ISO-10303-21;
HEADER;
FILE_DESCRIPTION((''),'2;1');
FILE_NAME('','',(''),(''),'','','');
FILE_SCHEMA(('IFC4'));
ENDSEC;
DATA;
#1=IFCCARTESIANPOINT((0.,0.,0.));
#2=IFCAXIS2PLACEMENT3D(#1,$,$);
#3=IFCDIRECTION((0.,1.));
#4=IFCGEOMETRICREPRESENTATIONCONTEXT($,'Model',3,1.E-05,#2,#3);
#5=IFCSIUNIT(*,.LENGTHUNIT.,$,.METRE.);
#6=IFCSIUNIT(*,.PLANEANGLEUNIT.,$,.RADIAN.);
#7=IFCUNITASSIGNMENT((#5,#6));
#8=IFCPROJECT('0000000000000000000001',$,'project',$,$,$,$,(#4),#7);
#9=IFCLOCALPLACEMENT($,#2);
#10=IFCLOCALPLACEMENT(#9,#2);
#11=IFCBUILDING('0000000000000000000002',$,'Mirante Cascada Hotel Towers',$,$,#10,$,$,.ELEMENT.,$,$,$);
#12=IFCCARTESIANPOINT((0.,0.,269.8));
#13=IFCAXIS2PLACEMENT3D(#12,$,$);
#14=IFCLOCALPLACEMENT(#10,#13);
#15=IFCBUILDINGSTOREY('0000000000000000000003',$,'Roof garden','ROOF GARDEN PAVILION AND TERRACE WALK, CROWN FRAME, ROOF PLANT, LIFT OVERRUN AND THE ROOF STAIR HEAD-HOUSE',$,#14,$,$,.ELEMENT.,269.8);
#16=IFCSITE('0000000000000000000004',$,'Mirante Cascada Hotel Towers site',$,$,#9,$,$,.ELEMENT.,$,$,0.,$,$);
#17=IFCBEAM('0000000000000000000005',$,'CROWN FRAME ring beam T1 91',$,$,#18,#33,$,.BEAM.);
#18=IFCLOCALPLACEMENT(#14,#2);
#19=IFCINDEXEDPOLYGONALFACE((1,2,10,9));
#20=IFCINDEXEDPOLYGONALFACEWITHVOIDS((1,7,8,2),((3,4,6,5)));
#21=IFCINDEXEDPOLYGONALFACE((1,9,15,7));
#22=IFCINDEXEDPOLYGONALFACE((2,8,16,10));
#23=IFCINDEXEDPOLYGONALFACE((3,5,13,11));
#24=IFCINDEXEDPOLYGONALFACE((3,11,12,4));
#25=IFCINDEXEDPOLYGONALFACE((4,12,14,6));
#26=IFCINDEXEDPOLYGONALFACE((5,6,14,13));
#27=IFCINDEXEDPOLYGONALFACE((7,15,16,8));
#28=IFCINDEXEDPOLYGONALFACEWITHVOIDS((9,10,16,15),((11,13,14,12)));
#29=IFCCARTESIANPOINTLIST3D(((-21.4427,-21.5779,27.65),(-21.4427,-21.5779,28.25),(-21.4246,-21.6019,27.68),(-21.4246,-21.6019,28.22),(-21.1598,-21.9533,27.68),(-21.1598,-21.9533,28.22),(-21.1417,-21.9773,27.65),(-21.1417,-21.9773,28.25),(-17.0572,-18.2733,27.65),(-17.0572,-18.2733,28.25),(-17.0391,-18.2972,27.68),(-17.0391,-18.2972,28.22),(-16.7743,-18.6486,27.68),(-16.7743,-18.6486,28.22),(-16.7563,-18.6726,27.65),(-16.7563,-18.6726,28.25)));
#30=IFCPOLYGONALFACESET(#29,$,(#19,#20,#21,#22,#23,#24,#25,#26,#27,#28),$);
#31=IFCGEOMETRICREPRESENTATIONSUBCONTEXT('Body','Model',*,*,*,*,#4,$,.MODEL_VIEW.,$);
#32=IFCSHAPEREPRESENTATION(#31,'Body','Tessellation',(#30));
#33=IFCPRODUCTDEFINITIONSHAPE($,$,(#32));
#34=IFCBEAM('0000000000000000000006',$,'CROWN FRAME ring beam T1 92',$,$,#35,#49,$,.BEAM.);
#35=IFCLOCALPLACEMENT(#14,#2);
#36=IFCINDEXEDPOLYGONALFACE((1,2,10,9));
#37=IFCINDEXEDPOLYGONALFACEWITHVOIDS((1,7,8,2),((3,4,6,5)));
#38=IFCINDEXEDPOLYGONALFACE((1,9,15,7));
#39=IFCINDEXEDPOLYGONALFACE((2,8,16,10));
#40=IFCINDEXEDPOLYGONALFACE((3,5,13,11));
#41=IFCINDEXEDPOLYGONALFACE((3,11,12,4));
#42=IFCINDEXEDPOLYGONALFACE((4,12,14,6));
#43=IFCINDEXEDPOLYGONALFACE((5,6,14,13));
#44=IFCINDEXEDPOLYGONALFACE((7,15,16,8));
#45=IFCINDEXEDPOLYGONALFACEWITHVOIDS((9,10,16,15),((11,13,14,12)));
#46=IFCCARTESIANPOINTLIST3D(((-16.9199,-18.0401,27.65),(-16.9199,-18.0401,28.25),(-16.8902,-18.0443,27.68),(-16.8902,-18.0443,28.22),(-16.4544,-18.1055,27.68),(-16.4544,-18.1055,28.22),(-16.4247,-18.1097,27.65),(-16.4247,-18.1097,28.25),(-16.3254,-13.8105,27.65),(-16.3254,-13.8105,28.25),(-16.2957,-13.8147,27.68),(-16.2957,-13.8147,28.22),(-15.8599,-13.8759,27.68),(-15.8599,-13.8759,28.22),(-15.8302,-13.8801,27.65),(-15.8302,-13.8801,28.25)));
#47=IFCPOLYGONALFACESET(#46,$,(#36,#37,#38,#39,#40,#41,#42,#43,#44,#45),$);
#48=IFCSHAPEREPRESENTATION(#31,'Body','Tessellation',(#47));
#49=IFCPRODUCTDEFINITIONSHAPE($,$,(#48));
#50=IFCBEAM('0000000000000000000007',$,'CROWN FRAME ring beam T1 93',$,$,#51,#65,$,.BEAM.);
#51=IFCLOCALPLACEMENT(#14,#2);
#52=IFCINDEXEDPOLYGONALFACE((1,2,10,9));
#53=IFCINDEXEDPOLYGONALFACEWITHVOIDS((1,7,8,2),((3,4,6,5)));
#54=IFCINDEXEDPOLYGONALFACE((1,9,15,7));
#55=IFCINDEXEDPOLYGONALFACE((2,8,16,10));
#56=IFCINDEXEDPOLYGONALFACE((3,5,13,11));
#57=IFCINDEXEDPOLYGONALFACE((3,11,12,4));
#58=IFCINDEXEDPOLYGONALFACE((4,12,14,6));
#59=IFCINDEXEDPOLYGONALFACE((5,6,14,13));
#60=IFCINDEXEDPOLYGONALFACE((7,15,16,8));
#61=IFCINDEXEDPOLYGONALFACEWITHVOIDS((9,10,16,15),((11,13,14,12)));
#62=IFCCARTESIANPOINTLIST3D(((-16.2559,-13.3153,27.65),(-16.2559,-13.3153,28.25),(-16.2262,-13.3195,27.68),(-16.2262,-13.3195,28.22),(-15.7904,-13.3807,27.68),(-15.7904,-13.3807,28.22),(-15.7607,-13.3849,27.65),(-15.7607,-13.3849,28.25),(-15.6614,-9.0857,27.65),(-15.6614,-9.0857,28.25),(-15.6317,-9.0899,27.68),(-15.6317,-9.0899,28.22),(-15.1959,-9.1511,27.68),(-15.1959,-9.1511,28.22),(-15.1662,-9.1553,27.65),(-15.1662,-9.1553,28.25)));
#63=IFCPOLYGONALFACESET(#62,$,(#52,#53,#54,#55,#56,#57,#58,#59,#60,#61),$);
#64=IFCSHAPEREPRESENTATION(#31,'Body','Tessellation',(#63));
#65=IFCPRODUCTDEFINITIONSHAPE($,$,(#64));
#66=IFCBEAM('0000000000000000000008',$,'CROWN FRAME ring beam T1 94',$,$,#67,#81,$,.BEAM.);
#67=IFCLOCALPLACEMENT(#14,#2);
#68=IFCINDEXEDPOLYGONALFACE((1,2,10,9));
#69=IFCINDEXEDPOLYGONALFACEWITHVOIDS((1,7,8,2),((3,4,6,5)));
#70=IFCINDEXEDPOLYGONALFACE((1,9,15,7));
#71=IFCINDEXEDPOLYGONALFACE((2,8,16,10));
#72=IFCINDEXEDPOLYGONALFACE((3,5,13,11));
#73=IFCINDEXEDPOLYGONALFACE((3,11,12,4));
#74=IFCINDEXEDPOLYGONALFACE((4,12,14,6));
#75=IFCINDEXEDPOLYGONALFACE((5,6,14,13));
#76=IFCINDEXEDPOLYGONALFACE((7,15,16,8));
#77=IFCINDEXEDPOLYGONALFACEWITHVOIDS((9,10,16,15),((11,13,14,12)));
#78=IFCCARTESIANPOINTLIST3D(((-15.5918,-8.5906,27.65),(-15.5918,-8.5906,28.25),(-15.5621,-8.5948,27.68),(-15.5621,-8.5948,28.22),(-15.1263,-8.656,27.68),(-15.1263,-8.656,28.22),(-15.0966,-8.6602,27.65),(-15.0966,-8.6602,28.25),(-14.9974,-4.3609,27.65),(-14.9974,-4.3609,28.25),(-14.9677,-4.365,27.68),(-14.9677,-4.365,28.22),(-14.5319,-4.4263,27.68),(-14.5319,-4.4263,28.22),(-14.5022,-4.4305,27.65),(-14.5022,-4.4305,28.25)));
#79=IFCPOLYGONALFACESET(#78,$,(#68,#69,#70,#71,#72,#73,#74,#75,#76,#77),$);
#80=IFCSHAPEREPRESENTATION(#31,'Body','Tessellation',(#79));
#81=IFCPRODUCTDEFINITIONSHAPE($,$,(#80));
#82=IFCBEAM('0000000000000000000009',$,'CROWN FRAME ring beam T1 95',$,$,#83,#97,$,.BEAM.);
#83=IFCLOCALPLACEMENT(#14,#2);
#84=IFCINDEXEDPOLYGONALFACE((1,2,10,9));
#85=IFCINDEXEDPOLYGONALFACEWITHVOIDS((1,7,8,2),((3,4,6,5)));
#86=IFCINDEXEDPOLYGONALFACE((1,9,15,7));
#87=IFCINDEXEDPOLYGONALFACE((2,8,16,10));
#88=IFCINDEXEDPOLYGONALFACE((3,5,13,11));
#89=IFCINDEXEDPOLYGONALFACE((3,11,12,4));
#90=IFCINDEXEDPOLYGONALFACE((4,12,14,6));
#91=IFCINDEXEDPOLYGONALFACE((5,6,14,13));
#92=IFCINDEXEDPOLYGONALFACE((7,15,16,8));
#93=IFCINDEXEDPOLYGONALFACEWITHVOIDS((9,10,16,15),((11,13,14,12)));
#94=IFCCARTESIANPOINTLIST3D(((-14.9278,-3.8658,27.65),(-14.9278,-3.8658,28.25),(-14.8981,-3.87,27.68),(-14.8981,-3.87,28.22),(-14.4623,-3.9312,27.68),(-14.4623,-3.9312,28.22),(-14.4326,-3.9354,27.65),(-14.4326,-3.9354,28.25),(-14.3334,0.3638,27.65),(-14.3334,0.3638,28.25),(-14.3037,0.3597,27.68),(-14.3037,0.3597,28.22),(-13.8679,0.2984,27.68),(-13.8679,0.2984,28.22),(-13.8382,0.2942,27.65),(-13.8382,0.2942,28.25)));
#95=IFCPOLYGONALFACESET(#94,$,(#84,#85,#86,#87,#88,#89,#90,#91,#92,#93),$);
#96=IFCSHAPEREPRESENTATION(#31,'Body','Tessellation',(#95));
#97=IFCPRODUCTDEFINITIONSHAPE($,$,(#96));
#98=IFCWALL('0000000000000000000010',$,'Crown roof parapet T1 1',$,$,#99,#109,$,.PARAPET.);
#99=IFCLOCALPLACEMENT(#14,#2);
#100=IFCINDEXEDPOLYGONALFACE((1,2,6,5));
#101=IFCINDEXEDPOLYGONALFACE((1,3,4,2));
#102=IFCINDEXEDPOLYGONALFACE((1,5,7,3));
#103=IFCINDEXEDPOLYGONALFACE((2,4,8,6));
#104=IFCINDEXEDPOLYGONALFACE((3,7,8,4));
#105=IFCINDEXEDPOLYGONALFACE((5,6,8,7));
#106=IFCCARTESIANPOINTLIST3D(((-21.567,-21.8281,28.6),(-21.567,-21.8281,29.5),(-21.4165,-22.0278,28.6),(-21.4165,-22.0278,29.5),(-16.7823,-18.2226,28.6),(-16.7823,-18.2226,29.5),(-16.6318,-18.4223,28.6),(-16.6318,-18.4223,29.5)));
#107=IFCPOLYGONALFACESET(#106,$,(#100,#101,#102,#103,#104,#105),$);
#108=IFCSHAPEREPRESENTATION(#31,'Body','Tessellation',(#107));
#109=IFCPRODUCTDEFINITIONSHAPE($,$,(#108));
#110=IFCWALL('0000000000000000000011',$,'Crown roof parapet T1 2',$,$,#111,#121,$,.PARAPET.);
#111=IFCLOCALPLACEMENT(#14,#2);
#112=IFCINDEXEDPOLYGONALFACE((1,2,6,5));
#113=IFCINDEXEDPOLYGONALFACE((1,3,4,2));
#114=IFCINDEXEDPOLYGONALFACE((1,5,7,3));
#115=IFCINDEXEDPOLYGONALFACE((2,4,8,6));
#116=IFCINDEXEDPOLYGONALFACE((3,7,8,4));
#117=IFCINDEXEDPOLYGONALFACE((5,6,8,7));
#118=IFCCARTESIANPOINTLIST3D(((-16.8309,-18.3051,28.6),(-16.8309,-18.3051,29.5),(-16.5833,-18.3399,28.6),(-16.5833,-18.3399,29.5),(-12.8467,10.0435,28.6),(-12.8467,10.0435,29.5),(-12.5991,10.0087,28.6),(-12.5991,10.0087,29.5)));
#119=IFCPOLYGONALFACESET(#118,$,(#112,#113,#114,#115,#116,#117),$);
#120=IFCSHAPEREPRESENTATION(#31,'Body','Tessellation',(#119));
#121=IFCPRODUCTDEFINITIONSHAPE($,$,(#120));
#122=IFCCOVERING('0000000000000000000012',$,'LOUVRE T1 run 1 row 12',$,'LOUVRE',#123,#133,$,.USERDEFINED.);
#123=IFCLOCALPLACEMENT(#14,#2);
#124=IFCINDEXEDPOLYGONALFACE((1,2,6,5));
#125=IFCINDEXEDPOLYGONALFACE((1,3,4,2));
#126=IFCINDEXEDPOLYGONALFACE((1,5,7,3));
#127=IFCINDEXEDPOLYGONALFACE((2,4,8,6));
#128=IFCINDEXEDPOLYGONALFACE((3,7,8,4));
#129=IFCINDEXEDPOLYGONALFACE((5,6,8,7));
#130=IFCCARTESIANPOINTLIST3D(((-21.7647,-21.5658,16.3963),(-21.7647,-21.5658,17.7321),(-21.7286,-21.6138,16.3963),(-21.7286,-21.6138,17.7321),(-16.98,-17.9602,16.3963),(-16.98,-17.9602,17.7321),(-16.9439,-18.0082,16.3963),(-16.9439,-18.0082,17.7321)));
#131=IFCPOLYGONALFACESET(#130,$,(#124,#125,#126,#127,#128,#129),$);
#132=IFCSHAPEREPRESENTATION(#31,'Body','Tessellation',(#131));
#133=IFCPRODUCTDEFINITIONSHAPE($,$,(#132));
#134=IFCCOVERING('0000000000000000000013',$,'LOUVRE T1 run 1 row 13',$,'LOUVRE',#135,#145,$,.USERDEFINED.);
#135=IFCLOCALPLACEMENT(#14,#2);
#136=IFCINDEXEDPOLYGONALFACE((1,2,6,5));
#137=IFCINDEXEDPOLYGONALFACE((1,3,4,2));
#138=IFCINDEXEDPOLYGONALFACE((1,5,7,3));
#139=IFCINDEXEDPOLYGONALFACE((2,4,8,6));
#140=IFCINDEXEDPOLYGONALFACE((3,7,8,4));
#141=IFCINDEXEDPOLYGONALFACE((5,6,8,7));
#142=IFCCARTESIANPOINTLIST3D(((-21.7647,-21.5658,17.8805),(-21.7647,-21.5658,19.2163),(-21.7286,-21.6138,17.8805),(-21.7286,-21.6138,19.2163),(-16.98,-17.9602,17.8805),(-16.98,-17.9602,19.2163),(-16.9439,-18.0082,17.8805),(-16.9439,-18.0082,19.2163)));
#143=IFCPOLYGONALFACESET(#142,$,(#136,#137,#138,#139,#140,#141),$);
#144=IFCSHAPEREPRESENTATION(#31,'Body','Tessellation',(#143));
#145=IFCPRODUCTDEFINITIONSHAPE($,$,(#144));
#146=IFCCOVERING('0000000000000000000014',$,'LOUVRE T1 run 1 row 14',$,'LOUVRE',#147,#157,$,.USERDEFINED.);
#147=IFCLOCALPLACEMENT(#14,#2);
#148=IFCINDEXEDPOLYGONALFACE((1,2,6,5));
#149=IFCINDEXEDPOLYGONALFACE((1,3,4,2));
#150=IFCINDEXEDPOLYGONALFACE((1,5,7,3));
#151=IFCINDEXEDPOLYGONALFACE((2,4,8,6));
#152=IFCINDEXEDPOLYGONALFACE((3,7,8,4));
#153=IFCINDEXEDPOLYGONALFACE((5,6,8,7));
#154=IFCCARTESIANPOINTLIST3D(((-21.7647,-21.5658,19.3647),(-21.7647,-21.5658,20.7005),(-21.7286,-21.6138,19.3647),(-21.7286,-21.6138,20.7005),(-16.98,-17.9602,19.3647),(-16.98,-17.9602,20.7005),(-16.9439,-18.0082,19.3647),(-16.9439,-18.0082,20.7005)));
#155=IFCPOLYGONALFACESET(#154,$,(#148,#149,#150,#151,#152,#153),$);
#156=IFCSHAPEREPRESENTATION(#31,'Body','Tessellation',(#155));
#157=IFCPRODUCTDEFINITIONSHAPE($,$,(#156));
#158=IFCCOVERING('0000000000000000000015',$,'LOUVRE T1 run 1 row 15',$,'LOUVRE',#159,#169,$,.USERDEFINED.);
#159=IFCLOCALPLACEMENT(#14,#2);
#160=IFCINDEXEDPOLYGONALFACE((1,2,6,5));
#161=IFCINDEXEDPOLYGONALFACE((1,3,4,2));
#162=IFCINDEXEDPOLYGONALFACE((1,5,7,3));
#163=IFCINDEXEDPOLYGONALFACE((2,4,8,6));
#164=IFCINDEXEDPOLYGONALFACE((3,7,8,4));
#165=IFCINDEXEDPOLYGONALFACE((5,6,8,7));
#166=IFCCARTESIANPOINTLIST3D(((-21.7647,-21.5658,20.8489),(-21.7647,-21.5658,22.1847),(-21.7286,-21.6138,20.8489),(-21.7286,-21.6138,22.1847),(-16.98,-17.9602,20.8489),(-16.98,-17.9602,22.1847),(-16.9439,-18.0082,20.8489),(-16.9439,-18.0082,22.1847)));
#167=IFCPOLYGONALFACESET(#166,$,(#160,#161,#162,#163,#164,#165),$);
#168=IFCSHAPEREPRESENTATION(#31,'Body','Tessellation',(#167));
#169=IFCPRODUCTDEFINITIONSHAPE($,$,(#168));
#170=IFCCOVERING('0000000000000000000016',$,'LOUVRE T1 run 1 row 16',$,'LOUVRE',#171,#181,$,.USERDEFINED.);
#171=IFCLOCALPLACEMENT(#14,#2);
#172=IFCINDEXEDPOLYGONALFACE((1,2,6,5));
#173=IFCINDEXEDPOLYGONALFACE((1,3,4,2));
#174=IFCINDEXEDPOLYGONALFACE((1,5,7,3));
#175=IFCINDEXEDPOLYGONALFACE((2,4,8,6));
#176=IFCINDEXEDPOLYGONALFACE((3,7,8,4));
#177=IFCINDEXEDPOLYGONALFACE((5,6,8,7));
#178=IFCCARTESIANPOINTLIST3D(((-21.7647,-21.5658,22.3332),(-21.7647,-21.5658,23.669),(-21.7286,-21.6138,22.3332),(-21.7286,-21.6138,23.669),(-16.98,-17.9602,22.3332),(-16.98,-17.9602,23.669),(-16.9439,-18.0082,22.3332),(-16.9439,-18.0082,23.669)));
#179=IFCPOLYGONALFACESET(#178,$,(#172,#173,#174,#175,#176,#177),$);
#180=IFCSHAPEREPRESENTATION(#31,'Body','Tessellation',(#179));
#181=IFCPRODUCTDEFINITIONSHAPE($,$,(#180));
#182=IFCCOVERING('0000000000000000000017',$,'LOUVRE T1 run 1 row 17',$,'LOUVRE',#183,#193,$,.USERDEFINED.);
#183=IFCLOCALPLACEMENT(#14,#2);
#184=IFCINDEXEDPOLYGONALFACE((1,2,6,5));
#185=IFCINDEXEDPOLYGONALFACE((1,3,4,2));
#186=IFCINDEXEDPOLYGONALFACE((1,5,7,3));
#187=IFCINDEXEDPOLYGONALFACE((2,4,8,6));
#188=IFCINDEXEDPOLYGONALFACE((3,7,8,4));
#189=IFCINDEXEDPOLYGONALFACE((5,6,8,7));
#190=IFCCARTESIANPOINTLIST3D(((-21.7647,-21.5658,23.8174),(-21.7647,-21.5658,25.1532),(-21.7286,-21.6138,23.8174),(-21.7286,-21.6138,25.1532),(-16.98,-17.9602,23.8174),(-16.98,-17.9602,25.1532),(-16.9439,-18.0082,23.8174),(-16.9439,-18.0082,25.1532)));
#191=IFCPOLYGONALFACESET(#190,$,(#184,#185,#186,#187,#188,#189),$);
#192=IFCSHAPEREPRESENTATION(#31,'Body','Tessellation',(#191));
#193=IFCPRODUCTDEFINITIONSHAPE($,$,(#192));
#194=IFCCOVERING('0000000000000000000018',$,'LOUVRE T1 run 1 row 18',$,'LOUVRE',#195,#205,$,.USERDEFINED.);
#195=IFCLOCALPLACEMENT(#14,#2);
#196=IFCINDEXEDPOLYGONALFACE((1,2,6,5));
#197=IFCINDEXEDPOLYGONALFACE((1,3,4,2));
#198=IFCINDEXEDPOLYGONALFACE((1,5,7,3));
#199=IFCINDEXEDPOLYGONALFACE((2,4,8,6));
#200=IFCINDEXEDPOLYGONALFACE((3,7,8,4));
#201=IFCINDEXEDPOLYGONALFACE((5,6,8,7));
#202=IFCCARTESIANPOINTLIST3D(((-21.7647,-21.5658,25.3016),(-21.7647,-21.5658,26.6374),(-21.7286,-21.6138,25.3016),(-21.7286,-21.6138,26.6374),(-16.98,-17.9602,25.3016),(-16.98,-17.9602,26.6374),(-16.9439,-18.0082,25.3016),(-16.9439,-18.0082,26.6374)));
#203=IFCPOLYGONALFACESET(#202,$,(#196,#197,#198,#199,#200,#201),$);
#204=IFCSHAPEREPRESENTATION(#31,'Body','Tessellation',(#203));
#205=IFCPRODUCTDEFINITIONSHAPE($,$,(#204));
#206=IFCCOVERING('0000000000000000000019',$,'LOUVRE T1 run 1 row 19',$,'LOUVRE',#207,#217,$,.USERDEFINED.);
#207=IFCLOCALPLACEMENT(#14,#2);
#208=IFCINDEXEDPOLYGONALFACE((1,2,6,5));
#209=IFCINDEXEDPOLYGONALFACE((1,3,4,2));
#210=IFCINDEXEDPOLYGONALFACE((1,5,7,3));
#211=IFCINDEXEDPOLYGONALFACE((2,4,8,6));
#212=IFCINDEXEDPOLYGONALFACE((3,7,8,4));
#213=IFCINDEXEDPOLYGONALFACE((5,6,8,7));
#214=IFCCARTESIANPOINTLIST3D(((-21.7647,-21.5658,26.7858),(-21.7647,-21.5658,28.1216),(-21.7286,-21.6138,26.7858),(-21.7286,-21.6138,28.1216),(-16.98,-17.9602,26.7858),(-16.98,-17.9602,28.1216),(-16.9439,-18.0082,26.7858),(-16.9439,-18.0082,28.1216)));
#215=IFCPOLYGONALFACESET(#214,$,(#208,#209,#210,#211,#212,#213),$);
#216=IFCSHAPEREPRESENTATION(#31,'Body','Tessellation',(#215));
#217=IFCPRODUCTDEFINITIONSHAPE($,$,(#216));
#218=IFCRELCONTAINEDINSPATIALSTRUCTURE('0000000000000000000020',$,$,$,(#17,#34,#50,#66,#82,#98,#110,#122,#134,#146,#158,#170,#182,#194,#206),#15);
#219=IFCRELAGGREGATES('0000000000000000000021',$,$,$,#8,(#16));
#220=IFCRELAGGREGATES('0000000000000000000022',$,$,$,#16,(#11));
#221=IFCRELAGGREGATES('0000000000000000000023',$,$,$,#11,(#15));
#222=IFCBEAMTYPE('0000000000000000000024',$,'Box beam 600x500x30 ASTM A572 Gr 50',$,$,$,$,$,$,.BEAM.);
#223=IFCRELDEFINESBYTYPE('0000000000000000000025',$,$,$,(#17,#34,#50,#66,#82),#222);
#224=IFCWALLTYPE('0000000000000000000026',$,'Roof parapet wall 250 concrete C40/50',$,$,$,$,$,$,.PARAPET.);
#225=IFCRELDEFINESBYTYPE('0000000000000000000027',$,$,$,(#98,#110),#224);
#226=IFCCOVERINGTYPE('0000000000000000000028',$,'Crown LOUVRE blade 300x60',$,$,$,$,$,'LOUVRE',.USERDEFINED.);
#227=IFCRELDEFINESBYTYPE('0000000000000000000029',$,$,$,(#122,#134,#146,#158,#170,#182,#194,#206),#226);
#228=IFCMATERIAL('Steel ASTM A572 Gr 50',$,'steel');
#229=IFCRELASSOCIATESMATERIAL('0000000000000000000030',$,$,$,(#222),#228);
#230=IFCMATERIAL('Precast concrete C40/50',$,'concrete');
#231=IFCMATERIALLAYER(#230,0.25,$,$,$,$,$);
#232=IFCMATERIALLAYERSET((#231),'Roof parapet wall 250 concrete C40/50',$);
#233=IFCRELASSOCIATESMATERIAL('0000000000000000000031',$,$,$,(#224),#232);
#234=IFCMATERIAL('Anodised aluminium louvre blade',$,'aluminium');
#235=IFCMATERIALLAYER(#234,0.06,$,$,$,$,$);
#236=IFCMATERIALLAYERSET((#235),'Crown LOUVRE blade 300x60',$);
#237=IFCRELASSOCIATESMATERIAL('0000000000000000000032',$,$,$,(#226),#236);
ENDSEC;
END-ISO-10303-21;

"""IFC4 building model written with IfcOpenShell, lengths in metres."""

from ifc_helpers import new_model, si_unit, direction, frame, frame_2d, origin, origin_2d, place, context, subcontext, project, spatial, rectangle, hollow_rectangle, extrude, material, layer, layer_set, material_profile, profile_set, type_object, element, save


model = new_model("IFC4")

# Units and contexts
model_context = context("Model", 3, precision=1e-05, world=origin(), true_north=direction((0.0, 1.0)))
body_context = subcontext(model_context, "Body", "Model", "MODEL_VIEW")
ifc_project = project(units=[si_unit("LENGTHUNIT", "METRE"), si_unit("PLANEANGLEUNIT", "RADIAN")], contexts=[model_context])

# Site, building, storey
site_placement = place(None, origin())
site = spatial("IfcSite", under=ifc_project, at=site_placement, Name="Mirante Cascada Hotel Towers site", CompositionType="ELEMENT", RefElevation=0.0)
building_placement = place(site_placement, origin())
building = spatial("IfcBuilding", under=site, at=building_placement, Name="Mirante Cascada Hotel Towers", CompositionType="ELEMENT")
storey_placement = place(building_placement, frame((0.0, 0.0, 269.8)))
storey = spatial("IfcBuildingStorey", under=building, at=storey_placement, Name="Roof garden", Description="ROOF GARDEN PAVILION AND TERRACE WALK, CROWN FRAME, ROOF PLANT, LIFT OVERRUN AND THE ROOF STAIR HEAD-HOUSE", CompositionType="ELEMENT", Elevation=269.8)

# Beams
ifc_material_1 = material(Name="Steel ASTM A572 Gr 50", Category="steel")
ifc_material_profile_1 = material_profile(ifc_material_1, hollow_rectangle(XDim=0.5, YDim=0.6, WallThickness=0.03, at=origin_2d()), Name="Box beam 600x500x30 ASTM A572 Gr 50")
ifc_profile_set_1 = profile_set([ifc_material_profile_1], Name="Steel ASTM A572 Gr 50")
beam_type = type_object("IfcBeamType", Name="Box beam 600x500x30 ASTM A572 Gr 50", PredefinedType="BEAM", material=ifc_profile_set_1)
beam_1_placement = place(storey_placement, frame((-21.2922, -21.7776, 27.95), z_axis=(0.798636, 0.601814, 0.0), x_axis=(-0.601814, 0.798636, 0.0)))
element("IfcBeam", 1, at=beam_1_placement, inside=storey, type_object=beam_type, Name="CROWN FRAME ring beam T1 91", PredefinedType="BEAM", context=body_context, shape_type="SweptSolid", body=[
    extrude(hollow_rectangle(XDim=0.5, YDim=0.6, WallThickness=0.03, at=origin_2d()), origin(), (0.0, 0.0, 1.0), 5.4912),
])
for number, where, z_axis, x_axis, name in (
    (2, (-16.6723, -18.0749, 27.95), (0.139189, 0.990266, 0.0), (-0.990266, 0.139189, 0.0), "CROWN FRAME ring beam T1 92"),
    (3, (-16.0083, -13.3501, 27.95), (0.139189, 0.990266, 0.0), (-0.990266, 0.139189, 0.0), "CROWN FRAME ring beam T1 93"),
):
    element("IfcBeam", number, at=place(storey_placement, frame(where, z_axis=z_axis, x_axis=x_axis)), inside=storey, type_object=beam_type, Name=name, PredefinedType="BEAM", context=body_context, shape_type="SweptSolid", body=[
        extrude(hollow_rectangle(XDim=0.5, YDim=0.6, WallThickness=0.03, at=origin_2d()), origin(), (0.0, 0.0, 1.0), 4.2712),
    ])
beam_2_placement = place(storey_placement, frame((-15.3442, -8.6254, 27.95), z_axis=(0.139163, 0.99027, 0.0), x_axis=(-0.99027, 0.139163, 0.0)))
element("IfcBeam", 4, at=beam_2_placement, inside=storey, type_object=beam_type, Name="CROWN FRAME ring beam T1 94", PredefinedType="BEAM", context=body_context, shape_type="SweptSolid", body=[
    extrude(hollow_rectangle(XDim=0.5, YDim=0.6, WallThickness=0.03, at=origin_2d()), origin(), (0.0, 0.0, 1.0), 4.2713),
])
beam_3_placement = place(storey_placement, frame((-14.6802, -3.9006, 27.95), z_axis=(0.139166, 0.990269, 0.0), x_axis=(-0.990269, 0.139166, 0.0)))
element("IfcBeam", 5, at=beam_3_placement, inside=storey, type_object=beam_type, Name="CROWN FRAME ring beam T1 95", PredefinedType="BEAM", context=body_context, shape_type="SweptSolid", body=[
    extrude(hollow_rectangle(XDim=0.5, YDim=0.6, WallThickness=0.03, at=origin_2d()), origin(), (0.0, 0.0, 1.0), 4.2712),
])

# Walls
ifc_material_2 = material(Name="Precast concrete C40/50", Category="concrete")
ifc_layer_1 = layer(ifc_material_2, 0.25)
ifc_layer_set_1 = layer_set([ifc_layer_1], Name="Roof parapet wall 250 concrete C40/50")
wall_type = type_object("IfcWallType", Name="Roof parapet wall 250 concrete C40/50", PredefinedType="PARAPET", material=ifc_layer_set_1)
wall_1_placement = place(storey_placement, frame((-21.4918, -21.928, 28.6), z_axis=(0.0, 0.0, 1.0), x_axis=(0.798638, 0.601812, 0.0)))
element("IfcWall", 6, at=wall_1_placement, inside=storey, type_object=wall_type, Name="Crown roof parapet T1 1", PredefinedType="PARAPET", context=body_context, shape_type="SweptSolid", body=[
    extrude(rectangle(XDim=5.9911, YDim=0.25, at=frame_2d((2.9956, 0.0))), origin(), (0.0, 0.0, 1.0), 0.9),
])
wall_2_placement = place(storey_placement, frame((-16.7071, -18.3225, 28.6), z_axis=(0.0, 0.0, 1.0), x_axis=(0.139175, 0.990268, 0.0)))
element("IfcWall", 7, at=wall_2_placement, inside=storey, type_object=wall_type, Name="Crown roof parapet T1 2", PredefinedType="PARAPET", context=body_context, shape_type="SweptSolid", body=[
    extrude(rectangle(XDim=28.6272, YDim=0.25, at=frame_2d((14.3136, 0.0))), origin(), (0.0, 0.0, 1.0), 0.9),
])

# Coverings
ifc_material_3 = material(Name="Anodised aluminium louvre blade", Category="aluminium")
ifc_layer_2 = layer(ifc_material_3, 0.06)
ifc_layer_set_2 = layer_set([ifc_layer_2], Name="Crown LOUVRE blade 300x60")
covering_type_1 = type_object("IfcCoveringType", Name="Crown LOUVRE blade 300x60", ElementType="LOUVRE", PredefinedType="USERDEFINED", material=ifc_layer_set_2)
for number, where, z_axis, x_axis, name in (
    (8, (-19.3543, -19.787, 16.3963), (0.0, 0.0, 1.0), (0.798636, 0.601815, 0.0), "LOUVRE T1 run 1 row 12"),
    (9, (-19.3543, -19.787, 17.8805), (0.0, 0.0, 1.0), (0.798636, 0.601815, 0.0), "LOUVRE T1 run 1 row 13"),
    (10, (-19.3543, -19.787, 19.3647), (0.0, 0.0, 1.0), (0.798636, 0.601815, 0.0), "LOUVRE T1 run 1 row 14"),
    (11, (-19.3543, -19.787, 20.8489), (0.0, 0.0, 1.0), (0.798636, 0.601815, 0.0), "LOUVRE T1 run 1 row 15"),
    (12, (-19.3543, -19.787, 22.3332), (0.0, 0.0, 1.0), (0.798636, 0.601815, 0.0), "LOUVRE T1 run 1 row 16"),
    (13, (-19.3543, -19.787, 23.8174), (0.0, 0.0, 1.0), (0.798636, 0.601815, 0.0), "LOUVRE T1 run 1 row 17"),
    (14, (-19.3543, -19.787, 25.3016), (0.0, 0.0, 1.0), (0.798636, 0.601815, 0.0), "LOUVRE T1 run 1 row 18"),
    (15, (-19.3543, -19.787, 26.7858), (0.0, 0.0, 1.0), (0.798636, 0.601815, 0.0), "LOUVRE T1 run 1 row 19"),
):
    element("IfcCovering", number, at=place(storey_placement, frame(where, z_axis=z_axis, x_axis=x_axis)), inside=storey, type_object=covering_type_1, Name=name, ObjectType="LOUVRE", PredefinedType="USERDEFINED", context=body_context, shape_type="SweptSolid", body=[
        extrude(rectangle(XDim=5.9912, YDim=0.06, at=origin_2d()), origin(), (0.0, 0.0, 1.0), 1.3358),
    ])

save(model, "model.ifc")
